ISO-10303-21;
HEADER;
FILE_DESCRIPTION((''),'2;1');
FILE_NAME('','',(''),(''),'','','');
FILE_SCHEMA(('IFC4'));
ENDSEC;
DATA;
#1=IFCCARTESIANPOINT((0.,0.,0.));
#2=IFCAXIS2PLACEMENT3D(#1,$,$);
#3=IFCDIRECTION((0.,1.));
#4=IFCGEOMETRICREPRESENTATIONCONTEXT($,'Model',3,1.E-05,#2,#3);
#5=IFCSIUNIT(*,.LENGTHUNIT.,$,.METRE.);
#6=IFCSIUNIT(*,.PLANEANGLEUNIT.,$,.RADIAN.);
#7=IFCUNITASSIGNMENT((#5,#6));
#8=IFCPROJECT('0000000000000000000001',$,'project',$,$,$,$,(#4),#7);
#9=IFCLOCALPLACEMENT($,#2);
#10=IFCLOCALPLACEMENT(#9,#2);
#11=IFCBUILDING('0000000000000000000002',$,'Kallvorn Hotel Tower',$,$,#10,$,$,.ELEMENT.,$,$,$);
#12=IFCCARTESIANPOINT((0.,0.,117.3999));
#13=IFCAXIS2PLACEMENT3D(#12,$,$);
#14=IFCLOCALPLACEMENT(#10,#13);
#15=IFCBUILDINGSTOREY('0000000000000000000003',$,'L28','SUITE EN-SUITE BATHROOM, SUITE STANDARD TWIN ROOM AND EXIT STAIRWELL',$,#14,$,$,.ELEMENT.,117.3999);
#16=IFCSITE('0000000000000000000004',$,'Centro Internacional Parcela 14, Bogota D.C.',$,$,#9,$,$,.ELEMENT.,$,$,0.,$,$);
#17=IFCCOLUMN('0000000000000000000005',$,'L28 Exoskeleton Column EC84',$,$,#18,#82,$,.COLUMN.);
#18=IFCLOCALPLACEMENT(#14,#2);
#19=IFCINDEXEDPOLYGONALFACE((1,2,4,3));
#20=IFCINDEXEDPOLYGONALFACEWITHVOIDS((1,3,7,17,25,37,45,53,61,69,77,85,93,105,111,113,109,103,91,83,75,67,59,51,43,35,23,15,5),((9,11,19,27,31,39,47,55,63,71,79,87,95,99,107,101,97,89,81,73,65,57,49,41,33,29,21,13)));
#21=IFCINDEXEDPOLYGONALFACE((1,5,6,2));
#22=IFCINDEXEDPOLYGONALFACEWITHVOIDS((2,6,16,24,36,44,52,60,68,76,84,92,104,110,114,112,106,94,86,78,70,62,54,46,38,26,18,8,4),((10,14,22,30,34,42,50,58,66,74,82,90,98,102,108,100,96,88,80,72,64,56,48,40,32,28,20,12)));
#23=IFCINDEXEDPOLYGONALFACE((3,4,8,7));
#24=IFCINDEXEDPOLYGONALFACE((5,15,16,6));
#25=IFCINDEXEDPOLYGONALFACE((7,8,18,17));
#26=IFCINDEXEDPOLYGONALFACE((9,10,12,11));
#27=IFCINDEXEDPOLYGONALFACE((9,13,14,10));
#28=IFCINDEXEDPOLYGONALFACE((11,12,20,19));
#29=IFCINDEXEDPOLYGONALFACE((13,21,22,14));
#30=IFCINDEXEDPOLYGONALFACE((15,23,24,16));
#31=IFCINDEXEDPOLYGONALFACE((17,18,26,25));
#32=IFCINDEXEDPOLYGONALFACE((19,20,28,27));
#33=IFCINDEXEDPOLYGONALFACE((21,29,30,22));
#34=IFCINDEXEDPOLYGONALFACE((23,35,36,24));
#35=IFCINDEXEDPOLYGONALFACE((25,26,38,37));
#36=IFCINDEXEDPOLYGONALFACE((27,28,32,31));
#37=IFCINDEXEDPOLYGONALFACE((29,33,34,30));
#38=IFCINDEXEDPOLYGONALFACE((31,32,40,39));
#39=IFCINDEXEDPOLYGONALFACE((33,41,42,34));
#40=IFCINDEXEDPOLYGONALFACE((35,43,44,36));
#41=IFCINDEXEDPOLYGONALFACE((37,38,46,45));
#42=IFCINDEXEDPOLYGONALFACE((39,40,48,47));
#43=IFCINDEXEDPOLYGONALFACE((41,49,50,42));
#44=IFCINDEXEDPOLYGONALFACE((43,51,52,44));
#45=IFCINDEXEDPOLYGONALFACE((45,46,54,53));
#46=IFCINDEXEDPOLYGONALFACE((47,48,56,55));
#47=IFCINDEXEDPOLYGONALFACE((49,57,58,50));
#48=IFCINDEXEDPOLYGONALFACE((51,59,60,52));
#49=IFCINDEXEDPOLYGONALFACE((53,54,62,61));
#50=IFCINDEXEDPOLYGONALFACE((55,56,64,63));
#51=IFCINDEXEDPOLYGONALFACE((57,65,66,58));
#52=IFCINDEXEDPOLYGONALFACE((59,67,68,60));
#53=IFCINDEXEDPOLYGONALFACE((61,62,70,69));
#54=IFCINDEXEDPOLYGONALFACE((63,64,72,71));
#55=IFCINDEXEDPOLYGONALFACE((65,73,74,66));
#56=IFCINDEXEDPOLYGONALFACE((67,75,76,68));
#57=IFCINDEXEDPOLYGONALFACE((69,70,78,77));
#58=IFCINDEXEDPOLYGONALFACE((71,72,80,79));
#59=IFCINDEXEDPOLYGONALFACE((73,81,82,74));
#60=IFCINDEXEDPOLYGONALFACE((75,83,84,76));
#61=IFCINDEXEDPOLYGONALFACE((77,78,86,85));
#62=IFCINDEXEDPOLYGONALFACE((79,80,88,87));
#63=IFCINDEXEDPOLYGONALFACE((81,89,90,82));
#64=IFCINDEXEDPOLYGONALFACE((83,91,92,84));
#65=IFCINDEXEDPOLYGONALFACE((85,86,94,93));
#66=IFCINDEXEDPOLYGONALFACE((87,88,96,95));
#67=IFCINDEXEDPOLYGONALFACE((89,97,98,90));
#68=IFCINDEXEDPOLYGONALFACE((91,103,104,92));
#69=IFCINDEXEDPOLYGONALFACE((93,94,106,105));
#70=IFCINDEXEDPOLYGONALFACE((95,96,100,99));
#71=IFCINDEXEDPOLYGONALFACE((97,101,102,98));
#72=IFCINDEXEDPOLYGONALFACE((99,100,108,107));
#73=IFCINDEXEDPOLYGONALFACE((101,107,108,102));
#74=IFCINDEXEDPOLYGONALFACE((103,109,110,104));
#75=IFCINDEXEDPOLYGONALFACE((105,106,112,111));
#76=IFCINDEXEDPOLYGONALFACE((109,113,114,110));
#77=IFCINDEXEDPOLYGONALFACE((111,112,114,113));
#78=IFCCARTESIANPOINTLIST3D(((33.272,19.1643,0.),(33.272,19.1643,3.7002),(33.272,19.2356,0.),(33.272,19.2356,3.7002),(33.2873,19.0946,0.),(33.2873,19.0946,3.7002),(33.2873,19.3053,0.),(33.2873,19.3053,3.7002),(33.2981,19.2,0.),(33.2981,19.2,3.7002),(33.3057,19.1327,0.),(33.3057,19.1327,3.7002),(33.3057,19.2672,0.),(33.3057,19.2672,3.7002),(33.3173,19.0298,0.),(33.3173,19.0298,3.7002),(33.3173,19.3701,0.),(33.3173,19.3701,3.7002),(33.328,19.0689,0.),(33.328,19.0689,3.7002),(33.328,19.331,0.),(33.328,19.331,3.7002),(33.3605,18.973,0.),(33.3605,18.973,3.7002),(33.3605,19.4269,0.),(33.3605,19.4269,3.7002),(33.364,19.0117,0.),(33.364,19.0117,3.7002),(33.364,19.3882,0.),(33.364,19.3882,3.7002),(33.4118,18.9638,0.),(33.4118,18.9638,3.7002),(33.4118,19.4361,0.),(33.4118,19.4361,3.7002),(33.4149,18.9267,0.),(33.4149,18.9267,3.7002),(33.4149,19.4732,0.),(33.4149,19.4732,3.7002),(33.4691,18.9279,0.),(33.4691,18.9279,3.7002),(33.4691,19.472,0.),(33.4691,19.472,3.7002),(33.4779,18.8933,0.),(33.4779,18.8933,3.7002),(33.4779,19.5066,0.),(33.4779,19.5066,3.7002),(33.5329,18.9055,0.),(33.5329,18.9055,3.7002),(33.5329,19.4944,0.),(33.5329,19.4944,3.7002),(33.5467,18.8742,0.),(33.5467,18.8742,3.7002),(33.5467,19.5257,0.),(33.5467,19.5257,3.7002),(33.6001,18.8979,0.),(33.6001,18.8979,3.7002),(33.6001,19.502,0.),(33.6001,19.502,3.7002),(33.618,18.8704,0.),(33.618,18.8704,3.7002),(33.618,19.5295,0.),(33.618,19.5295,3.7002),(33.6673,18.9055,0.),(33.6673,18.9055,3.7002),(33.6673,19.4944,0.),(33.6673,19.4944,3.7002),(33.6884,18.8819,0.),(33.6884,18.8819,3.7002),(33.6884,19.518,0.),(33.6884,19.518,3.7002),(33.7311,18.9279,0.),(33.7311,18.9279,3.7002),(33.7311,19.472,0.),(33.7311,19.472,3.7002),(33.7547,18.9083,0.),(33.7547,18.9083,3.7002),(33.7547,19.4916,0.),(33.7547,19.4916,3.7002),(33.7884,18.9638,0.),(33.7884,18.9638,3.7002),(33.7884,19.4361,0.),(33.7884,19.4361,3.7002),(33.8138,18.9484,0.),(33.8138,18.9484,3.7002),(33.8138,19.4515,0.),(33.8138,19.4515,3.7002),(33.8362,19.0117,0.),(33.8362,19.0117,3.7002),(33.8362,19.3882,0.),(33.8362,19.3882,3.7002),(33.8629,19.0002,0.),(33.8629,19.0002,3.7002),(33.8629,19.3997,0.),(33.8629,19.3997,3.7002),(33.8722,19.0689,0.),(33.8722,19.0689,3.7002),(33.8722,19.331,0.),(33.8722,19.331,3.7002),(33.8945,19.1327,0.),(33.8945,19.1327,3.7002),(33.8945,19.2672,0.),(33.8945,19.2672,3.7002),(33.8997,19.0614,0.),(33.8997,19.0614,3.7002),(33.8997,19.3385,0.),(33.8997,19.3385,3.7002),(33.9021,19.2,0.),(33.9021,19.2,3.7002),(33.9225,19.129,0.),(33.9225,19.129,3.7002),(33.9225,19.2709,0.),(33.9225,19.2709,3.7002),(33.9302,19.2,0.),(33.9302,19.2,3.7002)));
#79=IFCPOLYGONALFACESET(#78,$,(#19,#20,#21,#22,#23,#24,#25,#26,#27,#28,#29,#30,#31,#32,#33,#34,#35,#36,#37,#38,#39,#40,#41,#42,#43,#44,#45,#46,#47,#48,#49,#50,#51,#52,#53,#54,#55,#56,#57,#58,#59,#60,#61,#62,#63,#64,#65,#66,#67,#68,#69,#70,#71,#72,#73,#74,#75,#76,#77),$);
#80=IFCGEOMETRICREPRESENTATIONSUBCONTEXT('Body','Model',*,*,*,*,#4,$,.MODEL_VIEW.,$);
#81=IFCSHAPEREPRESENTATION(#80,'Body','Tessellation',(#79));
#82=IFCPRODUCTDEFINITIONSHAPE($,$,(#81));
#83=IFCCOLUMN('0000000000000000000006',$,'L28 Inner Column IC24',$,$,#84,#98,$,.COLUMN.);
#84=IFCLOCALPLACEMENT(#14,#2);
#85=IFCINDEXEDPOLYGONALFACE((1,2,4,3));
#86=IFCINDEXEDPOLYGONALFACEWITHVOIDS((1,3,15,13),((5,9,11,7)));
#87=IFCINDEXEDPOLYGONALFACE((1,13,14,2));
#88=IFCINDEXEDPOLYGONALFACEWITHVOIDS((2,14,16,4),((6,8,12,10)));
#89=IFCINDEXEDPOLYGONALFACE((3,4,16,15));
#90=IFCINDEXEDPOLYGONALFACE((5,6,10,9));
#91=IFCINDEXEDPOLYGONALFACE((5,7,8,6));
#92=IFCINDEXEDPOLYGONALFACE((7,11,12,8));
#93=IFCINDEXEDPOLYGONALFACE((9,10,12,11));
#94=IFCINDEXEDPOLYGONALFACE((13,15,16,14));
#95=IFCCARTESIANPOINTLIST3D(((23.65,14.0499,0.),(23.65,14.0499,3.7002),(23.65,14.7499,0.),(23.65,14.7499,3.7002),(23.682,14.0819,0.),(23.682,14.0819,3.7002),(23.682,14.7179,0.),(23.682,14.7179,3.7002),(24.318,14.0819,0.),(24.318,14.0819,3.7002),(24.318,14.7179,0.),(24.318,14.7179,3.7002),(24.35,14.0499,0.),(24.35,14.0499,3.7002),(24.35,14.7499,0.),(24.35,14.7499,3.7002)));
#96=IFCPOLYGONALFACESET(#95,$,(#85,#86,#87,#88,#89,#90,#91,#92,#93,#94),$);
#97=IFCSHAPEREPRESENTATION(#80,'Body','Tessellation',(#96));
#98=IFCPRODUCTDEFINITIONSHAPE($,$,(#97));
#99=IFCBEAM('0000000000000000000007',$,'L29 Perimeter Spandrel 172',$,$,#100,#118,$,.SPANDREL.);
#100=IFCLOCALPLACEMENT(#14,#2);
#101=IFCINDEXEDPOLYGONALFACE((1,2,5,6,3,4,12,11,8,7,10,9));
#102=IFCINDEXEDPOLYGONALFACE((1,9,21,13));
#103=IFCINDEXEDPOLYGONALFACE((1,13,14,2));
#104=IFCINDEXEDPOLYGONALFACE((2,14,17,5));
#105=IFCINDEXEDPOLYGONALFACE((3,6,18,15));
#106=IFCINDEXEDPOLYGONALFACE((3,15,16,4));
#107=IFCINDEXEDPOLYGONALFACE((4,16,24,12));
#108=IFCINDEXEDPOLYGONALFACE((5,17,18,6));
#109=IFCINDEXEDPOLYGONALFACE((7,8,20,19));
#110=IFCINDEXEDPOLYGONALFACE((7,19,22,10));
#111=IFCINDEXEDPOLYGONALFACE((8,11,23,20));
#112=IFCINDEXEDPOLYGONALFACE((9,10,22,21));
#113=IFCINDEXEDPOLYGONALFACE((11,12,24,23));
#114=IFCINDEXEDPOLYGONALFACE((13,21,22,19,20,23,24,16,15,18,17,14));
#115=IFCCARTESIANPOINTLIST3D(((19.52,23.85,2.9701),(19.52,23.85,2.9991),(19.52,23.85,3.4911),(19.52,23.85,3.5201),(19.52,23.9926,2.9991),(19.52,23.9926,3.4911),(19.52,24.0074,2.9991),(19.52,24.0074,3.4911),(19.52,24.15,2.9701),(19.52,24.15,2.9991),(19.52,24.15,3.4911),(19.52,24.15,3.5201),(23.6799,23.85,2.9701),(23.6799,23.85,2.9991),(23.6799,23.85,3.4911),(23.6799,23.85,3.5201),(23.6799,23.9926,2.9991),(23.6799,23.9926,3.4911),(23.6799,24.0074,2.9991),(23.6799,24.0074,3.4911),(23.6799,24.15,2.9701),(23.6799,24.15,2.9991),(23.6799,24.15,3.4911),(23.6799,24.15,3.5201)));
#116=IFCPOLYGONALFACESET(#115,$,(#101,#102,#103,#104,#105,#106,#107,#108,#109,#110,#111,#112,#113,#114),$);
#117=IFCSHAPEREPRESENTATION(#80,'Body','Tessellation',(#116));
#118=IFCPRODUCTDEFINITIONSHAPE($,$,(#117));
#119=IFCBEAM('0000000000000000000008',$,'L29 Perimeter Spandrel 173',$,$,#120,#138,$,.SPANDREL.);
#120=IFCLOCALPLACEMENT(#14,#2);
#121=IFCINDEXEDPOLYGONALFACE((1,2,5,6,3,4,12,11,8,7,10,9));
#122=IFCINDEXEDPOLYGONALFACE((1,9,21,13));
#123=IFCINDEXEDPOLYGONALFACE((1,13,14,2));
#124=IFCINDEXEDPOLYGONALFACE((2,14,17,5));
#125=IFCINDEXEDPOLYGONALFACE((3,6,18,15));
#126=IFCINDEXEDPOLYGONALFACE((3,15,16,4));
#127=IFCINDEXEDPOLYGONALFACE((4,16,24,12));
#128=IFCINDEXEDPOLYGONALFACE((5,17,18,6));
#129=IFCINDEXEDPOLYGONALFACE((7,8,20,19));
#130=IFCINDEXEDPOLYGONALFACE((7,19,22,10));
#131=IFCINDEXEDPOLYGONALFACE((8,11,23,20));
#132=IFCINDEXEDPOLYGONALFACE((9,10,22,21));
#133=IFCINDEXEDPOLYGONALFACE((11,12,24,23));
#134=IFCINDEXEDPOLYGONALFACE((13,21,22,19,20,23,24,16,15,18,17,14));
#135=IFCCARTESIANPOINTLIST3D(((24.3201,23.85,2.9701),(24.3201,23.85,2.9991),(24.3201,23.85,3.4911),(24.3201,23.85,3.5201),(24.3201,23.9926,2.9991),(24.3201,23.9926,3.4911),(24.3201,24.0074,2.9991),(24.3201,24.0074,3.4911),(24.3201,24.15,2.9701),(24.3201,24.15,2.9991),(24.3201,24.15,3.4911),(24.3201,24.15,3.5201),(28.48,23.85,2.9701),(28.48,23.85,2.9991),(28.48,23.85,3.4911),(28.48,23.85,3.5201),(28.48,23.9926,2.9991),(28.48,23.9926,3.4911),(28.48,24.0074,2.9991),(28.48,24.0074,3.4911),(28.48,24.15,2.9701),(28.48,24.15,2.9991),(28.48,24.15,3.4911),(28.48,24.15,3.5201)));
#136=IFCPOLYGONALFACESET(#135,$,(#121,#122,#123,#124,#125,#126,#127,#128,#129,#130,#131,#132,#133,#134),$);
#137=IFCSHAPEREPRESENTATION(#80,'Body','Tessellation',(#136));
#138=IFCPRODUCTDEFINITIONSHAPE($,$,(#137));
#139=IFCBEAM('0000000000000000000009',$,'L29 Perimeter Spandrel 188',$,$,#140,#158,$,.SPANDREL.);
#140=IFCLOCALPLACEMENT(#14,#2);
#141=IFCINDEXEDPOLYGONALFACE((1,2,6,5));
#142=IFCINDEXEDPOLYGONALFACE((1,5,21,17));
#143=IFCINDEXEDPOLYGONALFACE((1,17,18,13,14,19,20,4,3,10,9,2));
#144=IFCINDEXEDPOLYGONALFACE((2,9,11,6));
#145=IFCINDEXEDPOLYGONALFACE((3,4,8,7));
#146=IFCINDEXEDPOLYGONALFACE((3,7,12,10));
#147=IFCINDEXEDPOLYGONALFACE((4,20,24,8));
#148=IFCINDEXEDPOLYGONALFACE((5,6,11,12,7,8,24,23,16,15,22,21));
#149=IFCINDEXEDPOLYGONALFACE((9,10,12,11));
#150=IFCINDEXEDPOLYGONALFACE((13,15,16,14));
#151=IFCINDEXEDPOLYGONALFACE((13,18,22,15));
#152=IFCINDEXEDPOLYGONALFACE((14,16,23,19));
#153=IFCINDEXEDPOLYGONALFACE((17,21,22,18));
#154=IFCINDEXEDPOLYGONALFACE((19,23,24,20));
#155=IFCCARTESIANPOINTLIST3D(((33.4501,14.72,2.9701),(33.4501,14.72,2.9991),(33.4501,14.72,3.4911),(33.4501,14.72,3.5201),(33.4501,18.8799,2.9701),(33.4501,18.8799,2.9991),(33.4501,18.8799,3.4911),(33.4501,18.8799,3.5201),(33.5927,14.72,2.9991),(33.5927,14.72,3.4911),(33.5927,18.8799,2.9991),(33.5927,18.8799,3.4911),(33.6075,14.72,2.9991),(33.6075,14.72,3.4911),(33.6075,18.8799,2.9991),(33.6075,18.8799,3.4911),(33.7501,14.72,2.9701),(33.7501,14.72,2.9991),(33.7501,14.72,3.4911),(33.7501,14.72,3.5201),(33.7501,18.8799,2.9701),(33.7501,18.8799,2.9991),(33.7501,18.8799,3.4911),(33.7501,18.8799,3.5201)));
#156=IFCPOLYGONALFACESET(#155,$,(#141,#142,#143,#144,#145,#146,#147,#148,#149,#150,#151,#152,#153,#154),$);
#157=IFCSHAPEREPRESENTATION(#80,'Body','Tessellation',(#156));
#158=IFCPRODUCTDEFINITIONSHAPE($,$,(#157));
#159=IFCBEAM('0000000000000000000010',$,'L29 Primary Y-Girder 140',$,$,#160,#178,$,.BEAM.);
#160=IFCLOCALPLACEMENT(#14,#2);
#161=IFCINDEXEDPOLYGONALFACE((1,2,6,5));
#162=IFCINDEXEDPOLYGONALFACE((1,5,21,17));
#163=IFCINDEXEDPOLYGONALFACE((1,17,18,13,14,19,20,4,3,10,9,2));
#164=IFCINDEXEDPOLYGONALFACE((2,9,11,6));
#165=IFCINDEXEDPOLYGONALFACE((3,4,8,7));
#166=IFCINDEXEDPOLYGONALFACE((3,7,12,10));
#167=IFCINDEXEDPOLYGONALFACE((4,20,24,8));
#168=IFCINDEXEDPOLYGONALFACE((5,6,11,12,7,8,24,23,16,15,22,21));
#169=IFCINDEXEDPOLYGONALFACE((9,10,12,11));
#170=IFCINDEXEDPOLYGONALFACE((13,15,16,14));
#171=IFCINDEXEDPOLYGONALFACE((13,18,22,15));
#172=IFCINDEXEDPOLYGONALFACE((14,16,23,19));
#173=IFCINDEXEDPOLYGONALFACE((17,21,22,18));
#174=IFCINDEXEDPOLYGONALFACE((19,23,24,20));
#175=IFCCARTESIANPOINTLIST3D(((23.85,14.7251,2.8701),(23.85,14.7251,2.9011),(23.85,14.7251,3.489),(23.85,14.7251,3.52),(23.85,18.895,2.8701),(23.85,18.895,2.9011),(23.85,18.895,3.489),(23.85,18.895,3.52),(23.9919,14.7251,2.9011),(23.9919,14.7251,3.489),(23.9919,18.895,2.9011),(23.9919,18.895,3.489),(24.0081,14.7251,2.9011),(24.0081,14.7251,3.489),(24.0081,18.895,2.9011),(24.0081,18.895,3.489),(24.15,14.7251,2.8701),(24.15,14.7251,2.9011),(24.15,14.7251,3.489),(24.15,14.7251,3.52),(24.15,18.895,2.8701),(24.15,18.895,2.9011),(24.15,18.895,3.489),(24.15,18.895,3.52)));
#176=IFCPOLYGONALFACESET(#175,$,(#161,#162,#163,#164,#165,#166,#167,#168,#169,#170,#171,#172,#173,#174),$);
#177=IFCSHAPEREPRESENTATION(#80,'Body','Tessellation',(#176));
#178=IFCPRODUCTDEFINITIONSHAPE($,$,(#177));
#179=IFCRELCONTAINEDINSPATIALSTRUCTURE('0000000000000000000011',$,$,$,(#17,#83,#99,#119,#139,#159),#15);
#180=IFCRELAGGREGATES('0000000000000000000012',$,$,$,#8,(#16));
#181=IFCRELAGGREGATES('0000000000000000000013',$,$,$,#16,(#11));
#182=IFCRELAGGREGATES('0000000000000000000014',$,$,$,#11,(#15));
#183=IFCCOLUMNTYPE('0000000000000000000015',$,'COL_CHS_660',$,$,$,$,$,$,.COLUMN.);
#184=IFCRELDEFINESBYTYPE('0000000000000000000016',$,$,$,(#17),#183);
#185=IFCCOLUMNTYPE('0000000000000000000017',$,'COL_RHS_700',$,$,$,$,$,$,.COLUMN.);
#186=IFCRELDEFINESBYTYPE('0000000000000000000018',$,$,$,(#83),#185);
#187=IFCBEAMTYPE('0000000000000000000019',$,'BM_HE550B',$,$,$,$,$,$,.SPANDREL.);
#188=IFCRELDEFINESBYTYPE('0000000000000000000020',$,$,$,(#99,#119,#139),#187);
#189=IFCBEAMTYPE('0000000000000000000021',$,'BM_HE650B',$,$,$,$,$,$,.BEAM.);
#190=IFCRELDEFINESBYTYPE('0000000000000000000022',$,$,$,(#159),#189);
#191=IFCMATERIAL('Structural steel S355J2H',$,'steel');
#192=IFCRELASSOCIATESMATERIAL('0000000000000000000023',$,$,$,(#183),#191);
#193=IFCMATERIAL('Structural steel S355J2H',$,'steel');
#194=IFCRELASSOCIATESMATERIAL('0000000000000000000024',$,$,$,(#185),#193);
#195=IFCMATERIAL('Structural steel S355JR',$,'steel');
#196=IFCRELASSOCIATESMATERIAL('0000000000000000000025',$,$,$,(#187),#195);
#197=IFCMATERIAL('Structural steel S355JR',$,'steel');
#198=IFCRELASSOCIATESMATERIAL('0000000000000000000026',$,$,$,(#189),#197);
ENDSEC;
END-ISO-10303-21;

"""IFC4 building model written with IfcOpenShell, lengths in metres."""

from ifc_helpers import new_model, si_unit, direction, frame, origin, origin_2d, place, context, subcontext, project, spatial, hollow_rectangle, hollow_circle, i_section, extrude, material, material_profile, profile_set, type_object, element, save


model = new_model("IFC4")

# Units and contexts
model_context = context("Model", 3, precision=1e-05, world=origin(), true_north=direction((0.0, 1.0)))
body_context = subcontext(model_context, "Body", "Model", "MODEL_VIEW")
ifc_project = project(units=[si_unit("LENGTHUNIT", "METRE"), si_unit("PLANEANGLEUNIT", "RADIAN")], contexts=[model_context])

# Site, building, storey
site_placement = place(None, origin())
site = spatial("IfcSite", under=ifc_project, at=site_placement, Name="Centro Internacional Parcela 14, Bogota D.C.", CompositionType="ELEMENT", RefElevation=0.0)
building_placement = place(site_placement, origin())
building = spatial("IfcBuilding", under=site, at=building_placement, Name="Kallvorn Hotel Tower", CompositionType="ELEMENT")
storey_placement = place(building_placement, frame((0.0, 0.0, 117.3999)))
storey = spatial("IfcBuildingStorey", under=building, at=storey_placement, Name="L28", Description="SUITE EN-SUITE BATHROOM, SUITE STANDARD TWIN ROOM AND EXIT STAIRWELL", CompositionType="ELEMENT", Elevation=117.3999)

# Columns
ifc_material_1 = material(Name="Structural steel S355J2H", Category="steel")
ifc_material_profile_1 = material_profile(ifc_material_1, hollow_circle(Radius=0.3301, WallThickness=0.0281, at=origin_2d()), Name="CHS 660x28")
ifc_profile_set_1 = profile_set([ifc_material_profile_1], Name="Structural steel S355J2H")
column_type_1 = type_object("IfcColumnType", Name="COL_CHS_660", PredefinedType="COLUMN", material=ifc_profile_set_1)
for number, where, z_axis, x_axis, name in (
    (1, (33.6001, 19.2, 0.0), (0.0, 0.0, 1.0), (1.0, 0.0, 0.0), "L28 Exoskeleton Column EC84"),
):
    element("IfcColumn", number, at=place(storey_placement, frame(where, z_axis=z_axis, x_axis=x_axis)), inside=storey, type_object=column_type_1, Name=name, PredefinedType="COLUMN", context=body_context, shape_type="SweptSolid", body=[
        extrude(hollow_circle(Radius=0.3301, WallThickness=0.0281, at=origin_2d()), origin(), (0.0, 0.0, 1.0), 3.7002),
    ])
ifc_material_2 = material(Name="Structural steel S355J2H", Category="steel")
ifc_material_profile_2 = material_profile(ifc_material_2, hollow_rectangle(XDim=0.7, YDim=0.7, WallThickness=0.032, at=origin_2d()), Name="RHS 700x700x32")
ifc_profile_set_2 = profile_set([ifc_material_profile_2], Name="Structural steel S355J2H")
column_type_2 = type_object("IfcColumnType", Name="COL_RHS_700", PredefinedType="COLUMN", material=ifc_profile_set_2)
column_placement = place(storey_placement, frame((24.0, 14.3999, 0.0), z_axis=(0.0, 0.0, 1.0), x_axis=(1.0, 0.0, 0.0)))
element("IfcColumn", 2, at=column_placement, inside=storey, type_object=column_type_2, Name="L28 Inner Column IC24", PredefinedType="COLUMN", context=body_context, shape_type="SweptSolid", body=[
    extrude(hollow_rectangle(XDim=0.7, YDim=0.7, WallThickness=0.032, at=origin_2d()), origin(), (0.0, 0.0, 1.0), 3.7002),
])

# Beams
ifc_material_3 = material(Name="Structural steel S355JR", Category="steel")
ifc_material_profile_3 = material_profile(ifc_material_3, i_section(OverallWidth=0.3, OverallDepth=0.55, WebThickness=0.0149, FlangeThickness=0.0291, at=origin_2d()), Name="HE 550 B")
ifc_profile_set_3 = profile_set([ifc_material_profile_3], Name="Structural steel S355JR")
beam_type_1 = type_object("IfcBeamType", Name="BM_HE550B", PredefinedType="SPANDREL", material=ifc_profile_set_3)
for number, where, z_axis, x_axis, name in (
    (3, (19.52, 24.0, 3.2451), (1.0, 0.0, 0.0), (0.0, 1.0, 0.0), "L29 Perimeter Spandrel 172"),
    (4, (24.3201, 24.0, 3.2451), (1.0, 0.0, 0.0), (0.0, 1.0, 0.0), "L29 Perimeter Spandrel 173"),
    (5, (33.6001, 14.72, 3.2451), (0.0, 1.0, 0.0), (-1.0, 0.0, 0.0), "L29 Perimeter Spandrel 188"),
):
    element("IfcBeam", number, at=place(storey_placement, frame(where, z_axis=z_axis, x_axis=x_axis)), inside=storey, type_object=beam_type_1, Name=name, PredefinedType="SPANDREL", context=body_context, shape_type="SweptSolid", body=[
        extrude(i_section(OverallWidth=0.3, OverallDepth=0.55, WebThickness=0.0149, FlangeThickness=0.0291, at=origin_2d()), origin(), (0.0, 0.0, 1.0), 4.1599),
    ])
ifc_material_4 = material(Name="Structural steel S355JR", Category="steel")
ifc_material_profile_4 = material_profile(ifc_material_4, i_section(OverallWidth=0.3, OverallDepth=0.6499, WebThickness=0.0161, FlangeThickness=0.031, at=origin_2d()), Name="HE 650 B")
ifc_profile_set_4 = profile_set([ifc_material_profile_4], Name="Structural steel S355JR")
beam_type_2 = type_object("IfcBeamType", Name="BM_HE650B", PredefinedType="BEAM", material=ifc_profile_set_4)
beam_1_placement = place(storey_placement, frame((24.0, 14.7251, 3.1951), z_axis=(0.0, 1.0, 0.0), x_axis=(-1.0, 0.0, 0.0)))
element("IfcBeam", 6, at=beam_1_placement, inside=storey, type_object=beam_type_2, Name="L29 Primary Y-Girder 140", PredefinedType="BEAM", context=body_context, shape_type="SweptSolid", body=[
    extrude(i_section(OverallWidth=0.3, OverallDepth=0.6499, WebThickness=0.0161, FlangeThickness=0.031, at=origin_2d()), origin(), (0.0, 0.0, 1.0), 4.1699),
])

save(model, "model.ifc")
